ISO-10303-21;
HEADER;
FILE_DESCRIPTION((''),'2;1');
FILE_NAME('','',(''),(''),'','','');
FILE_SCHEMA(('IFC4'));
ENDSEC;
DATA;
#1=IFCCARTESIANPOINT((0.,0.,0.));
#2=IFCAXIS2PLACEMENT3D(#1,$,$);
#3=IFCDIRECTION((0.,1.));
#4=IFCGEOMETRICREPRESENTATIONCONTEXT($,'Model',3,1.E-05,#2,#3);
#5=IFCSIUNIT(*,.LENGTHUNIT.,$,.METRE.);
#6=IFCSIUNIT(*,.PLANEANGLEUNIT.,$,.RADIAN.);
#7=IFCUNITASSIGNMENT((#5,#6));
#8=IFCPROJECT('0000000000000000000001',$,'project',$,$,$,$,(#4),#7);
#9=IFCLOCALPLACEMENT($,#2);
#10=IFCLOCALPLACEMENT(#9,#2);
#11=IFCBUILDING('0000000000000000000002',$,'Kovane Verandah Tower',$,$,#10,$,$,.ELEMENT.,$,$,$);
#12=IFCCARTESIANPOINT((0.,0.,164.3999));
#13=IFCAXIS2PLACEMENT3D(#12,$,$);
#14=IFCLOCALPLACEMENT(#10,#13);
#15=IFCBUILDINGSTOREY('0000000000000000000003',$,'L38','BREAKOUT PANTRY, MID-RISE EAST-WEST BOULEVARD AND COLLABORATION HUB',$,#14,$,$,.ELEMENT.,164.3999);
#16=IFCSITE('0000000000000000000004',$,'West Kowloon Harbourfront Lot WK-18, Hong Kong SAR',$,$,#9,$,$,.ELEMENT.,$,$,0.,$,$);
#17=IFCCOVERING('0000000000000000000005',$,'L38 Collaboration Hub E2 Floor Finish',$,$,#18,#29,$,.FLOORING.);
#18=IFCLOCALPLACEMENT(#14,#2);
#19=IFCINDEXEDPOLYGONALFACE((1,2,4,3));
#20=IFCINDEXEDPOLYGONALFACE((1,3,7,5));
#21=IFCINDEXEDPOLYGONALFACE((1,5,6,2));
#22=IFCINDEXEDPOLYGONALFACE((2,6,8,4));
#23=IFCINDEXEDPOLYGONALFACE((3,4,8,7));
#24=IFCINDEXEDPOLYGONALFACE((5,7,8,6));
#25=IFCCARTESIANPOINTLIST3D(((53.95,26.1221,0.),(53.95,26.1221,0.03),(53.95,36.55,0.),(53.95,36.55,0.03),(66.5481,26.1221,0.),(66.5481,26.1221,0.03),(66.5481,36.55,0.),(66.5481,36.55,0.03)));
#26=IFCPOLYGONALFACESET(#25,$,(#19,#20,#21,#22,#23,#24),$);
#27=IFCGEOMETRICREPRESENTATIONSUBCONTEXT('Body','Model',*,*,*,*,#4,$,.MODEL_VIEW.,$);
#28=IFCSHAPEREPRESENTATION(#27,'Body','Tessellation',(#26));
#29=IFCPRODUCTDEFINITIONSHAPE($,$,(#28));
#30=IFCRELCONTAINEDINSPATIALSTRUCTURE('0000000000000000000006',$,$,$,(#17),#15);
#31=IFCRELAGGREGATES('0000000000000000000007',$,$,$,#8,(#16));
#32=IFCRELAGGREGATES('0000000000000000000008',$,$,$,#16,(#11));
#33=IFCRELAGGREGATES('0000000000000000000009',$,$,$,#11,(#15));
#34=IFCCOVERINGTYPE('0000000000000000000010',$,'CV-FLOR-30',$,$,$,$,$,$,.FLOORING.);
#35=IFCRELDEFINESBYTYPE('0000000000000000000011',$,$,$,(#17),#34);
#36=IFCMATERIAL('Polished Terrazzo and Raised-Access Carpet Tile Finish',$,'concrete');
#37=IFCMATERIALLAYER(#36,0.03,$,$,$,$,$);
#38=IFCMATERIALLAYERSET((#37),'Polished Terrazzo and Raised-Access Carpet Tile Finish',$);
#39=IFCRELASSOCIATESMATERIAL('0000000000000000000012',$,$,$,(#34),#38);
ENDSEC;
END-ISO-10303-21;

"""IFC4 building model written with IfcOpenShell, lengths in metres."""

from ifc_helpers import new_model, si_unit, direction, frame, origin, place, context, subcontext, project, spatial, polyline, outline, extrude, material, layer, layer_set, type_object, element, save


model = new_model("IFC4")

# Units and contexts
model_context = context("Model", 3, precision=1e-05, world=origin(), true_north=direction((0.0, 1.0)))
body_context = subcontext(model_context, "Body", "Model", "MODEL_VIEW")
ifc_project = project(units=[si_unit("LENGTHUNIT", "METRE"), si_unit("PLANEANGLEUNIT", "RADIAN")], contexts=[model_context])

# Site, building, storey
site_placement = place(None, origin())
site = spatial("IfcSite", under=ifc_project, at=site_placement, Name="West Kowloon Harbourfront Lot WK-18, Hong Kong SAR", CompositionType="ELEMENT", RefElevation=0.0)
building_placement = place(site_placement, origin())
building = spatial("IfcBuilding", under=site, at=building_placement, Name="Kovane Verandah Tower", CompositionType="ELEMENT")
storey_placement = place(building_placement, frame((0.0, 0.0, 164.3999)))
storey = spatial("IfcBuildingStorey", under=building, at=storey_placement, Name="L38", Description="BREAKOUT PANTRY, MID-RISE EAST-WEST BOULEVARD AND COLLABORATION HUB", CompositionType="ELEMENT", Elevation=164.3999)

# Covering
ifc_material_1 = material(Name="Polished Terrazzo and Raised-Access Carpet Tile Finish", Category="concrete")
ifc_layer_1 = layer(ifc_material_1, 0.03)
ifc_layer_set_1 = layer_set([ifc_layer_1], Name="Polished Terrazzo and Raised-Access Carpet Tile Finish")
covering_type_1 = type_object("IfcCoveringType", Name="CV-FLOR-30", PredefinedType="FLOORING", material=ifc_layer_set_1)
covering_1_placement = place(storey_placement, origin())
element("IfcCovering", 1, at=covering_1_placement, inside=storey, type_object=covering_type_1, Name="L38 Collaboration Hub E2 Floor Finish", PredefinedType="FLOORING", context=body_context, shape_type="SweptSolid", body=[
    extrude(outline(polyline([(53.95, 26.1221), (66.5481, 26.1221), (66.5481, 36.55), (53.95, 36.55), (53.95, 26.1221)])), origin(), (0.0, 0.0, 1.0), 0.03),
])

save(model, "model.ifc")
